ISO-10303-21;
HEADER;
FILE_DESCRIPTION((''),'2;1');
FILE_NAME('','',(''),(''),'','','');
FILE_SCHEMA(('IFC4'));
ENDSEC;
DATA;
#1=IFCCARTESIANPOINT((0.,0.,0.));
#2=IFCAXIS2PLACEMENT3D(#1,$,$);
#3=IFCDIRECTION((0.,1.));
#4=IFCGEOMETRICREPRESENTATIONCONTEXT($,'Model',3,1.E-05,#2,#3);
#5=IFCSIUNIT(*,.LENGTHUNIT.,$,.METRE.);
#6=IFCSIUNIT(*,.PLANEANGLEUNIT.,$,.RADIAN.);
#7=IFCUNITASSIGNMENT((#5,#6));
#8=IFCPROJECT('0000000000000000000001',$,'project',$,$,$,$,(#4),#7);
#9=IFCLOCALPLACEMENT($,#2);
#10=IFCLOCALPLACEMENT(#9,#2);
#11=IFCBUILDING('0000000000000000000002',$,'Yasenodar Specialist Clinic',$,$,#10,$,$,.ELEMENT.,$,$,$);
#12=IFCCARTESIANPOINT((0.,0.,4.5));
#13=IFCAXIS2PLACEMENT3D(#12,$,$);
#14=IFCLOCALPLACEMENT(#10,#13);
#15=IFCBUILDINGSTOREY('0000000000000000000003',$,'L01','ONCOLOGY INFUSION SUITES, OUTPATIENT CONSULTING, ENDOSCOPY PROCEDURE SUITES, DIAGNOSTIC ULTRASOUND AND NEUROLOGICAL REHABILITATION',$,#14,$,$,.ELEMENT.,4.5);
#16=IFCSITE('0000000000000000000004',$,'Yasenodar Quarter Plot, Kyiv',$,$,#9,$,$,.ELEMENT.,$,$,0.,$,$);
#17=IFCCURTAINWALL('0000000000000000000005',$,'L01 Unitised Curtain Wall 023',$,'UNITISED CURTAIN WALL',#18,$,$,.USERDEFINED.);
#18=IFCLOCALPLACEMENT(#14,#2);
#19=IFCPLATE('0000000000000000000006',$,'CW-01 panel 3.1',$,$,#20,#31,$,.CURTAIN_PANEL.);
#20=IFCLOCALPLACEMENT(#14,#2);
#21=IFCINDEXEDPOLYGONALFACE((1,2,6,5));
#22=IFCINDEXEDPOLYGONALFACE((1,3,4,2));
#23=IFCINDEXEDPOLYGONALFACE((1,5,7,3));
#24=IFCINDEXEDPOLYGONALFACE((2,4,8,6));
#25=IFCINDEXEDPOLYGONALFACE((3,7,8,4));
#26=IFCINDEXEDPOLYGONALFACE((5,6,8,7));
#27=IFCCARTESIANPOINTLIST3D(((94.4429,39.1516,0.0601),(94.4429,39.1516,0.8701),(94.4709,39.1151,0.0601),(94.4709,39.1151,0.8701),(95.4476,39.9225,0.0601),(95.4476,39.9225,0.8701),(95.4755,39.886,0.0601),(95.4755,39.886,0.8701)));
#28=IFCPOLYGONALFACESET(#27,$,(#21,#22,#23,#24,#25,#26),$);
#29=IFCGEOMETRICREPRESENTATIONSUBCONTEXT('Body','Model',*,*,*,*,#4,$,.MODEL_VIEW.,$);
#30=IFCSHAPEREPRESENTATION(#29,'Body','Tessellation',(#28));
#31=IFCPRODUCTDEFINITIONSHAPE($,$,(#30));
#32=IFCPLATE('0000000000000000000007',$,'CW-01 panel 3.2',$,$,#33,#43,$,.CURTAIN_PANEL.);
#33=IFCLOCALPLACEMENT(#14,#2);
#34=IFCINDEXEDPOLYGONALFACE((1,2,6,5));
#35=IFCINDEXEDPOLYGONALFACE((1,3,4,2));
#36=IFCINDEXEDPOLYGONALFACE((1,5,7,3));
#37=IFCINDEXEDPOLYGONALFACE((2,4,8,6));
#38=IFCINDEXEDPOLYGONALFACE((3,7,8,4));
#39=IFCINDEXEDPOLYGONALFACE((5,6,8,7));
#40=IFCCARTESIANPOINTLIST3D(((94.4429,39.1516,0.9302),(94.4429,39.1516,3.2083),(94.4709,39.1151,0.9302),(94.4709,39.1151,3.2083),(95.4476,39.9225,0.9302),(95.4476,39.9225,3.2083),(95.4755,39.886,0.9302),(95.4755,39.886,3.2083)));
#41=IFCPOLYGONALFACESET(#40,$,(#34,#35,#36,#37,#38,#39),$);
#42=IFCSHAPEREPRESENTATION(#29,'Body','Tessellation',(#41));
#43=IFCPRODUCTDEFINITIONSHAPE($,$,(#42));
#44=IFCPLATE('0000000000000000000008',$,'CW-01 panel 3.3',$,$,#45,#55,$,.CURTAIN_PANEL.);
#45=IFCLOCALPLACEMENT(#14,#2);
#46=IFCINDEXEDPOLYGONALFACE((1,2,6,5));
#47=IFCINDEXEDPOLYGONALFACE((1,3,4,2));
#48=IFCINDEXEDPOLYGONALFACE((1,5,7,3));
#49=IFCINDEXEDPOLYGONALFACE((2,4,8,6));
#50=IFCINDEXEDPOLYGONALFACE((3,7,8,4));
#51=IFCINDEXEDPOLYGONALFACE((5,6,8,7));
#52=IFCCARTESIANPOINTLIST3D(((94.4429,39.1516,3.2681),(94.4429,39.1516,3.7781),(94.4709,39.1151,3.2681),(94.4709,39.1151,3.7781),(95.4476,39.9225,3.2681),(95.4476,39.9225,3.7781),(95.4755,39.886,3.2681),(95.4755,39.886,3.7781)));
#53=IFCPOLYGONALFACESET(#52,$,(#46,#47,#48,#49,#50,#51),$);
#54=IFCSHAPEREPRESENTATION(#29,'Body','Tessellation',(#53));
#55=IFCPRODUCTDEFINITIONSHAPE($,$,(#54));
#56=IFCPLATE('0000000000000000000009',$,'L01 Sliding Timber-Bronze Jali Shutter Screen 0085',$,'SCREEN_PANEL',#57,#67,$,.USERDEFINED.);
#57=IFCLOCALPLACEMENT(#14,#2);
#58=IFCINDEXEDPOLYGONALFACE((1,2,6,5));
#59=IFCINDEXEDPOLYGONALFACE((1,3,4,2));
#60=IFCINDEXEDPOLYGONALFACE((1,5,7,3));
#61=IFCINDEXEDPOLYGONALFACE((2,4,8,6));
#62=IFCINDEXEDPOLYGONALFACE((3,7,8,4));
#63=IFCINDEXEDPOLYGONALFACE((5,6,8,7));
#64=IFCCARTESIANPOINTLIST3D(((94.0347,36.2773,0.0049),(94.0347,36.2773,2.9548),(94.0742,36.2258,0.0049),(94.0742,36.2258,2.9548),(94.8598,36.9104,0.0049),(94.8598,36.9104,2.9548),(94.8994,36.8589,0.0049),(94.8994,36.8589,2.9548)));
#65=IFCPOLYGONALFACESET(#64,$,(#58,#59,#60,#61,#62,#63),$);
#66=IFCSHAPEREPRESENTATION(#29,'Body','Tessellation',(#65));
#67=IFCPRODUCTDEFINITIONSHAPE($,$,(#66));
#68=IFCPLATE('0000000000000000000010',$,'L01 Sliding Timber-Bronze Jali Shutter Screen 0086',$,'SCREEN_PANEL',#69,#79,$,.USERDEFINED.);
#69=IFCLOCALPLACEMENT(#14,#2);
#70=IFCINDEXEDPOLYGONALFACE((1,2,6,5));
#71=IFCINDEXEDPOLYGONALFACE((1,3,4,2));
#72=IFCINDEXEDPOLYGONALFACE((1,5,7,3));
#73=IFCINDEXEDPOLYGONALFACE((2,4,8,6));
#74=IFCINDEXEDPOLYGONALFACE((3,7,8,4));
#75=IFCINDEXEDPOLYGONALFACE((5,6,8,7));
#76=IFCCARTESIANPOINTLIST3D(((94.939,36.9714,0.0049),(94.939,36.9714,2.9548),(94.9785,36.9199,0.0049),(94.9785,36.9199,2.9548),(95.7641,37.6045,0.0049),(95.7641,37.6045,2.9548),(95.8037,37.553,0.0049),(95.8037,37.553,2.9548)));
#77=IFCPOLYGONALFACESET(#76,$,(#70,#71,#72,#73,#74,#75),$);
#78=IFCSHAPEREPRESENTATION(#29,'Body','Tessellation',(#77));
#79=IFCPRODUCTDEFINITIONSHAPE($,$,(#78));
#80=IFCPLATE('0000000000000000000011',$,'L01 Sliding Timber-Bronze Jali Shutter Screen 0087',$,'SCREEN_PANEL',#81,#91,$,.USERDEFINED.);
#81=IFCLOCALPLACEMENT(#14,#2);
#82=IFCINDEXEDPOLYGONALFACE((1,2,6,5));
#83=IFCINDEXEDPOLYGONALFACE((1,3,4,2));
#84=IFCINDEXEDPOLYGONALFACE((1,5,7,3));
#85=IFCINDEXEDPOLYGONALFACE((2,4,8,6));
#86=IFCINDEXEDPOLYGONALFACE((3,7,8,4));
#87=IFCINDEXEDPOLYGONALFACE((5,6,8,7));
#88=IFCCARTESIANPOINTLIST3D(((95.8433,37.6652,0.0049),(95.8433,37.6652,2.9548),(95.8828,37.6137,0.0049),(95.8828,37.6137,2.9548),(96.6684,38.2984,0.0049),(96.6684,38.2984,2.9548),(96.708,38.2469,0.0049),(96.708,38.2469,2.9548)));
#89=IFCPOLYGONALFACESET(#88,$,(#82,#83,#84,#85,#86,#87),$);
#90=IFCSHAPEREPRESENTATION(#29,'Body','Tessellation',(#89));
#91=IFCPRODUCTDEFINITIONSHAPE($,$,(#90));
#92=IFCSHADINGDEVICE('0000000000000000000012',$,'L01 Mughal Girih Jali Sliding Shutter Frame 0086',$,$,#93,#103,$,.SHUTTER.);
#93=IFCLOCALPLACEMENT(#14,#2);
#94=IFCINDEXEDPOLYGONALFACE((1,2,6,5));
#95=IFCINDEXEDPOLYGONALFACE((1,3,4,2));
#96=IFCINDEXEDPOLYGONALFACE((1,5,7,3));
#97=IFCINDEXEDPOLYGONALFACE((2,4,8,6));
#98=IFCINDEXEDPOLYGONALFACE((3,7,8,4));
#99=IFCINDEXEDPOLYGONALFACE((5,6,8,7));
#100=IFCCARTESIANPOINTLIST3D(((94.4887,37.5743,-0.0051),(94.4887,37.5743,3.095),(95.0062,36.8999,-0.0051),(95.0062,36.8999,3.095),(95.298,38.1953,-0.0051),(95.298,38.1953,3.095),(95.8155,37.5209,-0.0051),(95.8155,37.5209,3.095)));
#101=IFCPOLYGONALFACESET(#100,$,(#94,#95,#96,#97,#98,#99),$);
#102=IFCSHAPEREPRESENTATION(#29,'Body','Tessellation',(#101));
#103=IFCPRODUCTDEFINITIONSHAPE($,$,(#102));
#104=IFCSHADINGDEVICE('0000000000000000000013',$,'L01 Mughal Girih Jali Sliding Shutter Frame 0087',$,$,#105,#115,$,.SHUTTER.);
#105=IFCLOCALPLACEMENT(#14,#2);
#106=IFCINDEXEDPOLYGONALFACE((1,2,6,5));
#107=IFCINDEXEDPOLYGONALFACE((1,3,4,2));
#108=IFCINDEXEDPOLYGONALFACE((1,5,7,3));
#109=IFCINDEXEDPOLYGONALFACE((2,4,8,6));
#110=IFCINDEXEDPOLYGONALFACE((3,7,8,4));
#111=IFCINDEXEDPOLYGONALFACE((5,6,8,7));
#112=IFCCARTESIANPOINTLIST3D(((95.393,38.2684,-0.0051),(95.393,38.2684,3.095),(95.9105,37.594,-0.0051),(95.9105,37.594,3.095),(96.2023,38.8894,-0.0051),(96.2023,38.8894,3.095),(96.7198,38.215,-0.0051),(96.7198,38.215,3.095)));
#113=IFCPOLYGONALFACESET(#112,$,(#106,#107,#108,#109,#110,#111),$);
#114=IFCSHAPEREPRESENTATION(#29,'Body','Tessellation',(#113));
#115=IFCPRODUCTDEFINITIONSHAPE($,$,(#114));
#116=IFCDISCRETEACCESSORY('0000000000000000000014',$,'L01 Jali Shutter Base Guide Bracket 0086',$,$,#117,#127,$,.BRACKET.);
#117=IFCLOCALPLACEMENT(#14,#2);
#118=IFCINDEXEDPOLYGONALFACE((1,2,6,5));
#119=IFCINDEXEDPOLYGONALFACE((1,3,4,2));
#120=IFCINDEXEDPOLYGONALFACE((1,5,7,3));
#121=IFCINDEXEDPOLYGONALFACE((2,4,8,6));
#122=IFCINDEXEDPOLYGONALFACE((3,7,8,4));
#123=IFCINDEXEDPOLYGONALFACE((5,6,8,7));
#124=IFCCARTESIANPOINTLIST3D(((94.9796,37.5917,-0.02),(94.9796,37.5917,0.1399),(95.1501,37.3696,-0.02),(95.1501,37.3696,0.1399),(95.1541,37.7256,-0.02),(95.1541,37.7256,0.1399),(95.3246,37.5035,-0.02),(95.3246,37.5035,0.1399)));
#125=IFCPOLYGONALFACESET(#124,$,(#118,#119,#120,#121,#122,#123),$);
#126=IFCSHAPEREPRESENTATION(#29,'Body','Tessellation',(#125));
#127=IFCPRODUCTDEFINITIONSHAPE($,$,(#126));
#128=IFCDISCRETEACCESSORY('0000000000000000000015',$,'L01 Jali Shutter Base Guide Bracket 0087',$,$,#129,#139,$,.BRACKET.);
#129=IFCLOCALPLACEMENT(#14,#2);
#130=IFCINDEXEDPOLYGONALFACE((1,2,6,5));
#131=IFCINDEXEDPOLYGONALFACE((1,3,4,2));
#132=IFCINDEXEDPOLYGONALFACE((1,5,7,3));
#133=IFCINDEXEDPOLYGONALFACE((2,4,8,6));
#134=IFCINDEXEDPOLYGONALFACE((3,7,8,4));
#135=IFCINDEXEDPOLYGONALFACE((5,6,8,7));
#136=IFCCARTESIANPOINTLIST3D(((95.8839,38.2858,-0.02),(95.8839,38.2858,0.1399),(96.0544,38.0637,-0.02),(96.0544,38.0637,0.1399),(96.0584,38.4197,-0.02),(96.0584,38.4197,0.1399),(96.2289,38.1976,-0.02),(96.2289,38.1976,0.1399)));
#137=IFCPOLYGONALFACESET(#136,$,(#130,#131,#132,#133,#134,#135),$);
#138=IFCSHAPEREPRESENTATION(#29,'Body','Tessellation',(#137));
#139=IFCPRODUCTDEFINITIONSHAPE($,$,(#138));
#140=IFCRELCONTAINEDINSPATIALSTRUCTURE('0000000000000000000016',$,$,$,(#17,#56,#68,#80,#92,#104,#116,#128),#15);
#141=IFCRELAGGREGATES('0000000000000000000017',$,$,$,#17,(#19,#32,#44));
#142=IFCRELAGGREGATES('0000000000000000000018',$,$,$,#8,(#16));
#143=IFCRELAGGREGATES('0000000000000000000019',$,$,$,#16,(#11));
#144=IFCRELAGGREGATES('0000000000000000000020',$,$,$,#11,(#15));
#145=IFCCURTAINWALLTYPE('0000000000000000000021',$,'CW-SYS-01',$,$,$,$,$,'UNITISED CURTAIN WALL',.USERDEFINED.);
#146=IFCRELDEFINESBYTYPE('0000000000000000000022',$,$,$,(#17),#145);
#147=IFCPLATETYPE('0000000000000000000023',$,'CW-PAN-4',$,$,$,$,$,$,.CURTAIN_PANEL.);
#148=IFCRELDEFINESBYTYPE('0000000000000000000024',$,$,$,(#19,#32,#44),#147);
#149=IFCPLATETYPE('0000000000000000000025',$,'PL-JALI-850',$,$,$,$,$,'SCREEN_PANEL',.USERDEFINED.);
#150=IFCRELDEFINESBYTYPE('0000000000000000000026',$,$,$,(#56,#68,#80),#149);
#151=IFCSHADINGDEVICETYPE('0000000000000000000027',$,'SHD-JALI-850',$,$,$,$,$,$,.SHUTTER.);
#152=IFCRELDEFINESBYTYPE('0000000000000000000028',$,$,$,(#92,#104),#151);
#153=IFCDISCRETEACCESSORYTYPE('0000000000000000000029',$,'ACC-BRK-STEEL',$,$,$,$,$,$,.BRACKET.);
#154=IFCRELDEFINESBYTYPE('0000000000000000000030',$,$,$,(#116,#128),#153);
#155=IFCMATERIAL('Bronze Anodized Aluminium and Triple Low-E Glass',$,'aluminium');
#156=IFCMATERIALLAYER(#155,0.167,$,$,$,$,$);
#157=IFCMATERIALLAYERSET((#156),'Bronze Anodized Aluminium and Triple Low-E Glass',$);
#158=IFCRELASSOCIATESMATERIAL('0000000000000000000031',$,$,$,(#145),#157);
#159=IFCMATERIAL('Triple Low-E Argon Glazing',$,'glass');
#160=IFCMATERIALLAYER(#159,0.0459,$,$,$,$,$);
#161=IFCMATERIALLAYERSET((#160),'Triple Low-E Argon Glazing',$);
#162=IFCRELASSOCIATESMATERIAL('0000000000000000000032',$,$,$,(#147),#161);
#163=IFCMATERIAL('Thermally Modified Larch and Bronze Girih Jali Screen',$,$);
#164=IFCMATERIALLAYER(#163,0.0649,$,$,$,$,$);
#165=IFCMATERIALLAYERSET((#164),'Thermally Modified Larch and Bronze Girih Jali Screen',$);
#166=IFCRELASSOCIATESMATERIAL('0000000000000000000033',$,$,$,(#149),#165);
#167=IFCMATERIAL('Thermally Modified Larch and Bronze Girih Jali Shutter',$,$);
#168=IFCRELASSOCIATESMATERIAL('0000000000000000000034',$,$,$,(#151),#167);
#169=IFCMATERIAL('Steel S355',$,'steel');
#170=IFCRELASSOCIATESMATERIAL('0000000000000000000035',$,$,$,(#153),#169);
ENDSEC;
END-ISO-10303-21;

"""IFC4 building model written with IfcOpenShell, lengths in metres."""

from ifc_helpers import new_model, si_unit, direction, frame, origin, origin_2d, place, context, subcontext, project, spatial, rectangle, extrude, material, layer, layer_set, type_object, element, aggregate, save


model = new_model("IFC4")

# Units and contexts
model_context = context("Model", 3, precision=1e-05, world=origin(), true_north=direction((0.0, 1.0)))
body_context = subcontext(model_context, "Body", "Model", "MODEL_VIEW")
ifc_project = project(units=[si_unit("LENGTHUNIT", "METRE"), si_unit("PLANEANGLEUNIT", "RADIAN")], contexts=[model_context])

# Site, building, storey
site_placement = place(None, origin())
site = spatial("IfcSite", under=ifc_project, at=site_placement, Name="Yasenodar Quarter Plot, Kyiv", CompositionType="ELEMENT", RefElevation=0.0)
building_placement = place(site_placement, origin())
building = spatial("IfcBuilding", under=site, at=building_placement, Name="Yasenodar Specialist Clinic", CompositionType="ELEMENT")
storey_placement = place(building_placement, frame((0.0, 0.0, 4.5)))
storey = spatial("IfcBuildingStorey", under=building, at=storey_placement, Name="L01", Description="ONCOLOGY INFUSION SUITES, OUTPATIENT CONSULTING, ENDOSCOPY PROCEDURE SUITES, DIAGNOSTIC ULTRASOUND AND NEUROLOGICAL REHABILITATION", CompositionType="ELEMENT", Elevation=4.5)

# Curtain wall, plates
ifc_material_1 = material(Name="Bronze Anodized Aluminium and Triple Low-E Glass", Category="aluminium")
ifc_layer_1 = layer(ifc_material_1, 0.167)
ifc_layer_set_1 = layer_set([ifc_layer_1], Name="Bronze Anodized Aluminium and Triple Low-E Glass")
curtain_wall_type = type_object("IfcCurtainWallType", Name="CW-SYS-01", ElementType="UNITISED CURTAIN WALL", PredefinedType="USERDEFINED", material=ifc_layer_set_1)
curtain_wall_placement = place(storey_placement, origin())
curtain_wall = element("IfcCurtainWall", 1, at=curtain_wall_placement, inside=storey, type_object=curtain_wall_type, Name="L01 Unitised Curtain Wall 023", ObjectType="UNITISED CURTAIN WALL", PredefinedType="USERDEFINED")
ifc_material_2 = material(Name="Triple Low-E Argon Glazing", Category="glass")
ifc_layer_2 = layer(ifc_material_2, 0.0459)
ifc_layer_set_2 = layer_set([ifc_layer_2], Name="Triple Low-E Argon Glazing")
plate_type_1 = type_object("IfcPlateType", Name="CW-PAN-4", PredefinedType="CURTAIN_PANEL", material=ifc_layer_set_2)
plate_1_placement = place(storey_placement, frame((94.9592, 39.5188, 0.0601), z_axis=(0.0, 0.0, 1.0), x_axis=(-0.793361, -0.608752, 0.0)))
plate_1 = element("IfcPlate", 2, at=plate_1_placement, type_object=plate_type_1, Name="CW-01 panel 3.1", PredefinedType="CURTAIN_PANEL", context=body_context, shape_type="SweptSolid", body=[
    extrude(rectangle(XDim=1.2664, YDim=0.0459, at=origin_2d()), origin(), (0.0, 0.0, 1.0), 0.8101),
])
plate_2_placement = place(storey_placement, frame((94.9592, 39.5188, 0.9302), z_axis=(0.0, 0.0, 1.0), x_axis=(-0.793361, -0.608752, 0.0)))
plate_2 = element("IfcPlate", 3, at=plate_2_placement, type_object=plate_type_1, Name="CW-01 panel 3.2", PredefinedType="CURTAIN_PANEL", context=body_context, shape_type="SweptSolid", body=[
    extrude(rectangle(XDim=1.2664, YDim=0.0459, at=origin_2d()), origin(), (0.0, 0.0, 1.0), 2.2781),
])
plate_3_placement = place(storey_placement, frame((94.9592, 39.5188, 3.2681), z_axis=(0.0, 0.0, 1.0), x_axis=(-0.793361, -0.608752, 0.0)))
plate_3 = element("IfcPlate", 4, at=plate_3_placement, type_object=plate_type_1, Name="CW-01 panel 3.3", PredefinedType="CURTAIN_PANEL", context=body_context, shape_type="SweptSolid", body=[
    extrude(rectangle(XDim=1.2664, YDim=0.0459, at=origin_2d()), origin(), (0.0, 0.0, 1.0), 0.51),
])
aggregate(curtain_wall, [plate_1, plate_2, plate_3])

# Plates
ifc_material_3 = material(Name="Thermally Modified Larch and Bronze Girih Jali Screen")
ifc_layer_3 = layer(ifc_material_3, 0.0649)
ifc_layer_set_3 = layer_set([ifc_layer_3], Name="Thermally Modified Larch and Bronze Girih Jali Screen")
plate_type_2 = type_object("IfcPlateType", Name="PL-JALI-850", ElementType="SCREEN_PANEL", PredefinedType="USERDEFINED", material=ifc_layer_set_3)
for number, where, z_axis, x_axis, name in (
    (5, (94.467, 36.5681, 0.0049), (0.0, 0.0, 1.0), (0.793351, 0.608764, 0.0), "L01 Sliding Timber-Bronze Jali Shutter Screen 0085"),
    (6, (95.3713, 37.2622, 0.0049), (0.0, 0.0, 1.0), (0.793351, 0.608764, 0.0), "L01 Sliding Timber-Bronze Jali Shutter Screen 0086"),
    (7, (96.2756, 37.9561, 0.0049), (0.0, 0.0, 1.0), (0.793351, 0.608764, 0.0), "L01 Sliding Timber-Bronze Jali Shutter Screen 0087"),
):
    element("IfcPlate", number, at=place(storey_placement, frame(where, z_axis=z_axis, x_axis=x_axis)), inside=storey, type_object=plate_type_2, Name=name, ObjectType="SCREEN_PANEL", PredefinedType="USERDEFINED", context=body_context, shape_type="SweptSolid", body=[
        extrude(rectangle(XDim=1.04, YDim=0.0649, at=origin_2d()), origin(), (0.0, 0.0, 1.0), 2.95),
    ])

# Shading devices
ifc_material_4 = material(Name="Thermally Modified Larch and Bronze Girih Jali Shutter")
shading_device_type = type_object("IfcShadingDeviceType", Name="SHD-JALI-850", PredefinedType="SHUTTER", material=ifc_material_4)
for number, where, z_axis, x_axis, name in (
    (8, (95.1521, 37.5476, -0.0051), (0.0, 0.0, 1.0), (0.793351, 0.608764, 0.0), "L01 Mughal Girih Jali Sliding Shutter Frame 0086"),
    (9, (96.0564, 38.2417, -0.0051), (0.0, 0.0, 1.0), (0.793351, 0.608764, 0.0), "L01 Mughal Girih Jali Sliding Shutter Frame 0087"),
):
    element("IfcShadingDevice", number, at=place(storey_placement, frame(where, z_axis=z_axis, x_axis=x_axis)), inside=storey, type_object=shading_device_type, Name=name, PredefinedType="SHUTTER", context=body_context, shape_type="SweptSolid", body=[
        extrude(rectangle(XDim=1.02, YDim=0.8501, at=origin_2d()), origin(), (0.0, 0.0, 1.0), 3.1001),
    ])

# Discrete accessories
ifc_material_5 = material(Name="Steel S355", Category="steel")
discrete_accessory_type = type_object("IfcDiscreteAccessoryType", Name="ACC-BRK-STEEL", PredefinedType="BRACKET", material=ifc_material_5)
for number, where, z_axis, x_axis, name in (
    (10, (95.1521, 37.5476, -0.02), (0.0, 0.0, 1.0), (0.793351, 0.608764, 0.0), "L01 Jali Shutter Base Guide Bracket 0086"),
    (11, (96.0564, 38.2417, -0.02), (0.0, 0.0, 1.0), (0.793351, 0.608764, 0.0), "L01 Jali Shutter Base Guide Bracket 0087"),
):
    element("IfcDiscreteAccessory", number, at=place(storey_placement, frame(where, z_axis=z_axis, x_axis=x_axis)), inside=storey, type_object=discrete_accessory_type, Name=name, PredefinedType="BRACKET", context=body_context, shape_type="SweptSolid", body=[
        extrude(rectangle(XDim=0.22, YDim=0.28, at=origin_2d()), origin(), (0.0, 0.0, 1.0), 0.1599),
    ])

save(model, "model.ifc")
